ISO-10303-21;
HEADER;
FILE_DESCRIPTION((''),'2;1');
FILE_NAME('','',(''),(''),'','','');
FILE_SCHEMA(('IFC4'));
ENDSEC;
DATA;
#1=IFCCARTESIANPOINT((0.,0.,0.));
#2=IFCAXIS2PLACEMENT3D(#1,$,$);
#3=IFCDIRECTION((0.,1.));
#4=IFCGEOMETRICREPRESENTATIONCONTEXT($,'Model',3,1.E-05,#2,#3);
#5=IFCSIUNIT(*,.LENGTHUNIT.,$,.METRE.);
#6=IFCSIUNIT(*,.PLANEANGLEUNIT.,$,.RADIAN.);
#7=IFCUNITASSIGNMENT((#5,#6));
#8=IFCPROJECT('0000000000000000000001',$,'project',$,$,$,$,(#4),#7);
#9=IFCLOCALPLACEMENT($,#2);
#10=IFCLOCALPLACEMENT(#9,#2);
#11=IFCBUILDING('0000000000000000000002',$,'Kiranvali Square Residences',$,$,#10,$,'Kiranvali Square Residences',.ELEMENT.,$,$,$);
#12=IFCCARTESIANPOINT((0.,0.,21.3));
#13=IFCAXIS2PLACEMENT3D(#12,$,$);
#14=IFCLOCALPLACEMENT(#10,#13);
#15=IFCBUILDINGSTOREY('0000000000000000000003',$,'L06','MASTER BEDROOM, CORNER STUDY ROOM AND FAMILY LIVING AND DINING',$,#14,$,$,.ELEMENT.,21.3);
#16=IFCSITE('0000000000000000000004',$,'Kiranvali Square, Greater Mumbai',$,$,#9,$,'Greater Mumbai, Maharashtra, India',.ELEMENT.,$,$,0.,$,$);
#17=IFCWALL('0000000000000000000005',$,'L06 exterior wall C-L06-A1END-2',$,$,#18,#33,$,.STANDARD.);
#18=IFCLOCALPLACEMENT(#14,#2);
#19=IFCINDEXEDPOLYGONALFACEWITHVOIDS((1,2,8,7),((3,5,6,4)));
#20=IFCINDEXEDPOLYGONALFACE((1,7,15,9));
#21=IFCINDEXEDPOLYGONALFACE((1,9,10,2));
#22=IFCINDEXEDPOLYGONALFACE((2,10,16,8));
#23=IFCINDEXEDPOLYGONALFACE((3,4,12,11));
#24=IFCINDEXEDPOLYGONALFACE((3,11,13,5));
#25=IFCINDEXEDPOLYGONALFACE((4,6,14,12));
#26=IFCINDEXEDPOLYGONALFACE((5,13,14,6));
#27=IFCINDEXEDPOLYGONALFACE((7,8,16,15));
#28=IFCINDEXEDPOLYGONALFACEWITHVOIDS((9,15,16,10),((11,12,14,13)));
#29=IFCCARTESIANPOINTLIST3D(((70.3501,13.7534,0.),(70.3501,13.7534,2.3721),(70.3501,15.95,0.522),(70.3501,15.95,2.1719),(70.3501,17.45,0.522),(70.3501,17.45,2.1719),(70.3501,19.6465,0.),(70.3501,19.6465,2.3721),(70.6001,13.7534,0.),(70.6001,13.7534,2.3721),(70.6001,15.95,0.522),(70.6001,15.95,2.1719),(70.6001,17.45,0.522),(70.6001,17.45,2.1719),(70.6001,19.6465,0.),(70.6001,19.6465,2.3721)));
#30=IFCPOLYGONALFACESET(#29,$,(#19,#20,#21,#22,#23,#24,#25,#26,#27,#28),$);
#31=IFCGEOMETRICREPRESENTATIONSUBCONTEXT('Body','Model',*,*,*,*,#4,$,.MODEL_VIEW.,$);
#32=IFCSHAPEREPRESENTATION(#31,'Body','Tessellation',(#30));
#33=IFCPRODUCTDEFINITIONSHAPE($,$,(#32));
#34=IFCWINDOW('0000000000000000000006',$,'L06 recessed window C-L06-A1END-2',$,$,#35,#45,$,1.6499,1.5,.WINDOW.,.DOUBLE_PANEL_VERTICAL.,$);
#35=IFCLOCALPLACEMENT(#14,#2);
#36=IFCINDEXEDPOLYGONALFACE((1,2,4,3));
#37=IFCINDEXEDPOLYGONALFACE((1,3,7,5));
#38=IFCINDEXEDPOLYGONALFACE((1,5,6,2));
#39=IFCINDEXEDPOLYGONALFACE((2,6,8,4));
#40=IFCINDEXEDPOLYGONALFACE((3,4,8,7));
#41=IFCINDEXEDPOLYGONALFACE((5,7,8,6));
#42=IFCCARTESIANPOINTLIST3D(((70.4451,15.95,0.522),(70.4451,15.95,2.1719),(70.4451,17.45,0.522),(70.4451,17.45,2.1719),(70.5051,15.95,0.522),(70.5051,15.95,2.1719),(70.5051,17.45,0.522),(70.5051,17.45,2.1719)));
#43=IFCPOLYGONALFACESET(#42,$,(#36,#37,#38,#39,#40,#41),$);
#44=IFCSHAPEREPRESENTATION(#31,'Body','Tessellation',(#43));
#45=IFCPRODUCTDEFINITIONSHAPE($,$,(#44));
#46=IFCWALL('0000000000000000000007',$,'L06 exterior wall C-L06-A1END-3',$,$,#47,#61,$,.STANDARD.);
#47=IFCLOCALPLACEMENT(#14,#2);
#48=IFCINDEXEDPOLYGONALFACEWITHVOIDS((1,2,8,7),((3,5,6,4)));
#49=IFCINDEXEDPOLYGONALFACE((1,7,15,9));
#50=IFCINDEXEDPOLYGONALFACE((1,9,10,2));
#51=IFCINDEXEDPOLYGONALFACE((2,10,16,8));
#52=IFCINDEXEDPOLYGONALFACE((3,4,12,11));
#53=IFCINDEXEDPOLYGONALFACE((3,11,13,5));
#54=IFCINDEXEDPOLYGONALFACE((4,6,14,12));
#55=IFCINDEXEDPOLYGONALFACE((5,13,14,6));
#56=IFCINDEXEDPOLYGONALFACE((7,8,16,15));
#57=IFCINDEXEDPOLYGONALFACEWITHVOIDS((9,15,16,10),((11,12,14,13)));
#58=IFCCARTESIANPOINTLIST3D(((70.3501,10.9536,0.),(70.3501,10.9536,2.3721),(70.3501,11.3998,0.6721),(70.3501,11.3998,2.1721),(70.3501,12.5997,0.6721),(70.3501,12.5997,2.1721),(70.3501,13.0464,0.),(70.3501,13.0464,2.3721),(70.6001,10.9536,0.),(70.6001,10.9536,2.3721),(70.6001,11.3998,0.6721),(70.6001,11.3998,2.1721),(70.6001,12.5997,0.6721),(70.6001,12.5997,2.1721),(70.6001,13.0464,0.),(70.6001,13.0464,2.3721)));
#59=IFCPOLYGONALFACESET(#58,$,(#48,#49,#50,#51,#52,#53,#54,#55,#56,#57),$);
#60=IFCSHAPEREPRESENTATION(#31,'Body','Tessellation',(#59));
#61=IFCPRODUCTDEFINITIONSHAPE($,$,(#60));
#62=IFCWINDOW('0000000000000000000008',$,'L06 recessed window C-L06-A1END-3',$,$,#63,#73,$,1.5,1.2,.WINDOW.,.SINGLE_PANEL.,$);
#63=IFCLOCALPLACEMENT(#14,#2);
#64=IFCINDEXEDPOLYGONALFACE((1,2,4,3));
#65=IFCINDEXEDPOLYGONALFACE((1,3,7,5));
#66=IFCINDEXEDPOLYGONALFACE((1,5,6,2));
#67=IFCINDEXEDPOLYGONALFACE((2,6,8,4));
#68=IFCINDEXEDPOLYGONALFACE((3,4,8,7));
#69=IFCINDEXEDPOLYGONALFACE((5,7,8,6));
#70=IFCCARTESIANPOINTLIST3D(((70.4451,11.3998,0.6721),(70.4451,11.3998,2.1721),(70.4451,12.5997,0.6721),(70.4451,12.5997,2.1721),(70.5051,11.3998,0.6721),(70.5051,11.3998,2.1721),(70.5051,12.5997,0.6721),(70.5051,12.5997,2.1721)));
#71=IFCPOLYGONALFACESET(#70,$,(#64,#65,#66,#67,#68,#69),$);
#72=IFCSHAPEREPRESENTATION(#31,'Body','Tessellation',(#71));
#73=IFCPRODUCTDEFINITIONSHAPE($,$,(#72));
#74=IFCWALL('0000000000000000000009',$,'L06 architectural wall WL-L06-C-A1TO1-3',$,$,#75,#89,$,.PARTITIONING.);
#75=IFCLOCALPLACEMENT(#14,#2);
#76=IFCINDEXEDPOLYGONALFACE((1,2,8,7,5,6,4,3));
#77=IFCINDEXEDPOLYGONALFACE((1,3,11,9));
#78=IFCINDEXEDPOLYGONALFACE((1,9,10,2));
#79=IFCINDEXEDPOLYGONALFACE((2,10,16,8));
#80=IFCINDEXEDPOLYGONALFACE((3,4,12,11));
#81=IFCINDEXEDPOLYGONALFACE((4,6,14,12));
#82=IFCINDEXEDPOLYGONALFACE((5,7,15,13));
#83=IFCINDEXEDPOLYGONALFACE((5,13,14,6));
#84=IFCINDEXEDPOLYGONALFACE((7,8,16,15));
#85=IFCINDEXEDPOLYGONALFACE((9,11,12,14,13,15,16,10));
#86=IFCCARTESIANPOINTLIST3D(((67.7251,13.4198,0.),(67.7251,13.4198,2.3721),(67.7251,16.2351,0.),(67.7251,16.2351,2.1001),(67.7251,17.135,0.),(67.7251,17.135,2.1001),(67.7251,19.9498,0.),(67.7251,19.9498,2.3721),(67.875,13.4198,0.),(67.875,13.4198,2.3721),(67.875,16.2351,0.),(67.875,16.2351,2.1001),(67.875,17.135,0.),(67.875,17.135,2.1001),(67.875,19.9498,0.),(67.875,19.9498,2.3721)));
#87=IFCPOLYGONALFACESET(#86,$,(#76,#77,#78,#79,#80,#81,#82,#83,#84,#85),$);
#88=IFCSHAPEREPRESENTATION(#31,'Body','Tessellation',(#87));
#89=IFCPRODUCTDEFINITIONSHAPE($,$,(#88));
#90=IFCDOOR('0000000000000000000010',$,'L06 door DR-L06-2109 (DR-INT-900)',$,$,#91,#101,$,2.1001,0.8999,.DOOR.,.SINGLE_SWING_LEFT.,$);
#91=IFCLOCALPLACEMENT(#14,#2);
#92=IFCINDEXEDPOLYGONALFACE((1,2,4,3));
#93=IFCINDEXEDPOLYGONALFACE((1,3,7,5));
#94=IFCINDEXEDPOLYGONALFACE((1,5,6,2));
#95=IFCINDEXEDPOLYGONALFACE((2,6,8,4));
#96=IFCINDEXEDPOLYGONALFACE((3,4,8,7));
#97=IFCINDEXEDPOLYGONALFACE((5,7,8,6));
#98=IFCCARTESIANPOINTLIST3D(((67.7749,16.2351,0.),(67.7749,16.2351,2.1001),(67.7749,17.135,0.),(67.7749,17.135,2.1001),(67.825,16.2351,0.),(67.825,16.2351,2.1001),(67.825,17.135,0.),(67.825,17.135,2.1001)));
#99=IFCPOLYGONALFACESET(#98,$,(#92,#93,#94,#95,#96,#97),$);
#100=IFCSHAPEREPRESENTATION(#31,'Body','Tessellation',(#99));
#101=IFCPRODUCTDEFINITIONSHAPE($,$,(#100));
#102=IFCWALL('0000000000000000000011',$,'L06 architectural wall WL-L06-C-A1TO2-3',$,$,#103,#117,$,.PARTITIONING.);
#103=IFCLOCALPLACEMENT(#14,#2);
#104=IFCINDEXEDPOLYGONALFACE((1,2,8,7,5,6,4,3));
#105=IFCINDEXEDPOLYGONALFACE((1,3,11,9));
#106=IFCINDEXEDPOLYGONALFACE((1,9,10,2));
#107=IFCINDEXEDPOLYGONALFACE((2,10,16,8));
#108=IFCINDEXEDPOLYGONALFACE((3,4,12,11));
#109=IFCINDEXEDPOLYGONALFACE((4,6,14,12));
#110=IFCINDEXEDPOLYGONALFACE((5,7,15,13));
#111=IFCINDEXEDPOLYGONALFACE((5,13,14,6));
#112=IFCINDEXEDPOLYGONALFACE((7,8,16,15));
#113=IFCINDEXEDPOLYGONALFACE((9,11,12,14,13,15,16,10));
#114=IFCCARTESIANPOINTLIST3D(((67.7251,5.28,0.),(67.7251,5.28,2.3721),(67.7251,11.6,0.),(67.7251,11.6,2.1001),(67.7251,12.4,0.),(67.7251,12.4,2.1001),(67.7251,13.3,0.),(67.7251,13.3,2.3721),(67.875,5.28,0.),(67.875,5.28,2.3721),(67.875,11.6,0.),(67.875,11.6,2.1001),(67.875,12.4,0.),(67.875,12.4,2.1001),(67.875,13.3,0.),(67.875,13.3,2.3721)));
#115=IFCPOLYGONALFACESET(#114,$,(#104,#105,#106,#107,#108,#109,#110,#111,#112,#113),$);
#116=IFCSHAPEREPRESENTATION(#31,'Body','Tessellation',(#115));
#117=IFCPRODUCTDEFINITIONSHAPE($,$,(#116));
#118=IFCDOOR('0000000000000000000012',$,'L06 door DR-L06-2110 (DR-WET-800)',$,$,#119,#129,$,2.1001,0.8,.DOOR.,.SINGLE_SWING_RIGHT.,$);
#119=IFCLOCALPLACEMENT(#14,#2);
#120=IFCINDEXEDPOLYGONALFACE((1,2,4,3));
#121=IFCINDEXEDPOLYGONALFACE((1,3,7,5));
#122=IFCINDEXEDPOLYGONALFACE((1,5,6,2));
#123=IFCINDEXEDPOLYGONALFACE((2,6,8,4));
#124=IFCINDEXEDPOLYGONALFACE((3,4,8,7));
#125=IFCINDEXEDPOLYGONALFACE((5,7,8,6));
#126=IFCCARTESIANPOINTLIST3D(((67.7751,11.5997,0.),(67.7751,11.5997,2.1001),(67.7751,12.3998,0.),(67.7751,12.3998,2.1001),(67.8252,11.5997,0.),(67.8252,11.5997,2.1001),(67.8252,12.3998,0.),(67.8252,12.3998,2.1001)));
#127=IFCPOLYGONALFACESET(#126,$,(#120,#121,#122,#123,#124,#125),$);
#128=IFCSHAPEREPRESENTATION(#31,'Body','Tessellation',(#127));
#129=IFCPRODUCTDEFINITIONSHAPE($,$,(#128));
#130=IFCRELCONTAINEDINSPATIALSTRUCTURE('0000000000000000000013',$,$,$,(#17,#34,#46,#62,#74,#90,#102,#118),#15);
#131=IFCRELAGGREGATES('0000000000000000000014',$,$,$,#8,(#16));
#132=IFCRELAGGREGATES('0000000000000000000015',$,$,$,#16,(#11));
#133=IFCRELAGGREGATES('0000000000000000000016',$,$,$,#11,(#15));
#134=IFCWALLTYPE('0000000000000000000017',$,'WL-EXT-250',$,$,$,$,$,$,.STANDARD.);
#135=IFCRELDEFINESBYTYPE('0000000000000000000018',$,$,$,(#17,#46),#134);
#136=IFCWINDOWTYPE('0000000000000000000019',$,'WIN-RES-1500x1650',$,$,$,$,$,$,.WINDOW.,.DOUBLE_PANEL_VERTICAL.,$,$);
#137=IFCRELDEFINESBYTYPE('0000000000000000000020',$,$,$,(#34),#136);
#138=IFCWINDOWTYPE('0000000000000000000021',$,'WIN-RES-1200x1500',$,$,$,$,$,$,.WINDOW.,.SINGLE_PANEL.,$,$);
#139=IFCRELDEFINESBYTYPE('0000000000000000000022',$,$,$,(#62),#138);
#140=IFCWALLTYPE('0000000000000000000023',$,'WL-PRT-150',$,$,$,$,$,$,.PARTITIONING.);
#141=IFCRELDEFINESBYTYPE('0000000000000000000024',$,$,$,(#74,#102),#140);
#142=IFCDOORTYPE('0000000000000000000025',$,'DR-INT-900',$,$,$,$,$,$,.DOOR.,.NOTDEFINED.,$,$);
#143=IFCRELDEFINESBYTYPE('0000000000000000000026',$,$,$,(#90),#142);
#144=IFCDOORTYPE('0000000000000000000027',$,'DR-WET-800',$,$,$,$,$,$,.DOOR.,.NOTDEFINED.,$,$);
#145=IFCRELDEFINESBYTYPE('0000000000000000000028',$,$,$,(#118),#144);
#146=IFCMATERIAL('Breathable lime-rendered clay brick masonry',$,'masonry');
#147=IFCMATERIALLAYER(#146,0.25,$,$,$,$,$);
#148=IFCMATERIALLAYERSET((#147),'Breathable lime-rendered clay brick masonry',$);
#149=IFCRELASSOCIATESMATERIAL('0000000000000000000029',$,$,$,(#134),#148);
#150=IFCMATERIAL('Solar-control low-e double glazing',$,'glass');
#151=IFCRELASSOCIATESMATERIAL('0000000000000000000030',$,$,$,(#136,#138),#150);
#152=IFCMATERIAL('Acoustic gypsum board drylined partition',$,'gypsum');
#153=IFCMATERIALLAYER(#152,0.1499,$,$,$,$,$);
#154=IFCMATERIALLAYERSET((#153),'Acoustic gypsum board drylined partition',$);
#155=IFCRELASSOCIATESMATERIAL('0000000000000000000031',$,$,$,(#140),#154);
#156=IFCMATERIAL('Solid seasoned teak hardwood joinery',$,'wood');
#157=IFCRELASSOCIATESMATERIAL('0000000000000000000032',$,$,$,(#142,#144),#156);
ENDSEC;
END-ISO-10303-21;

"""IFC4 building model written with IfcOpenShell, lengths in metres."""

from ifc_helpers import new_model, si_unit, direction, frame, frame_2d, origin, place, context, subcontext, project, spatial, rectangle, extrude, material, layer, layer_set, type_object, element, fill, save


model = new_model("IFC4")

# Units and contexts
model_context = context("Model", 3, precision=1e-05, world=origin(), true_north=direction((0.0, 1.0)))
body_context = subcontext(model_context, "Body", "Model", "MODEL_VIEW")
ifc_project = project(units=[si_unit("LENGTHUNIT", "METRE"), si_unit("PLANEANGLEUNIT", "RADIAN")], contexts=[model_context])

# Site, building, storey
site_placement = place(None, origin())
site = spatial("IfcSite", under=ifc_project, at=site_placement, Name="Kiranvali Square, Greater Mumbai", LongName="Greater Mumbai, Maharashtra, India", CompositionType="ELEMENT", RefElevation=0.0)
building_placement = place(site_placement, origin())
building = spatial("IfcBuilding", under=site, at=building_placement, Name="Kiranvali Square Residences", LongName="Kiranvali Square Residences", CompositionType="ELEMENT")
storey_placement = place(building_placement, frame((0.0, 0.0, 21.3)))
storey = spatial("IfcBuildingStorey", under=building, at=storey_placement, Name="L06", Description="MASTER BEDROOM, CORNER STUDY ROOM AND FAMILY LIVING AND DINING", CompositionType="ELEMENT", Elevation=21.3)

# Walls, openings, windows
ifc_material_1 = material(Name="Breathable lime-rendered clay brick masonry", Category="masonry")
ifc_layer_1 = layer(ifc_material_1, 0.25)
ifc_layer_set_1 = layer_set([ifc_layer_1], Name="Breathable lime-rendered clay brick masonry")
wall_type_1 = type_object("IfcWallType", Name="WL-EXT-250", PredefinedType="STANDARD", material=ifc_layer_set_1)
wall_1_placement = place(storey_placement, frame((70.4751, 19.6465, 0.0), z_axis=(0.0, 0.0, 1.0), x_axis=(0.0, -1.0, 0.0)))
wall_1 = element("IfcWall", 1, at=wall_1_placement, inside=storey, type_object=wall_type_1, Name="L06 exterior wall C-L06-A1END-2", PredefinedType="STANDARD", context=body_context, shape_type="SweptSolid", body=[
    extrude(rectangle(XDim=5.8931, YDim=0.25, at=frame_2d((2.9465, 0.0))), origin(), (0.0, 0.0, 1.0), 2.3721),
])
opening_1_placement = place(wall_1_placement, frame((2.1965, 0.0, 0.522)))
opening_1 = element("IfcOpeningElement", 2, at=opening_1_placement, cuts=wall_1, PredefinedType="OPENING", context=body_context, shape_type="SweptSolid", body=[
    extrude(rectangle(XDim=1.5, YDim=1.6499, at=frame_2d((0.75, 0.825))), frame((0.0, 0.135, 0.0), z_axis=(0.0, -1.0, 0.0), x_axis=(1.0, 0.0, 0.0)), (0.0, 0.0, 1.0), 0.27),
])
ifc_material_2 = material(Name="Solar-control low-e double glazing", Category="glass")
window_type_1 = type_object("IfcWindowType", Name="WIN-RES-1500x1650", PartitioningType="DOUBLE_PANEL_VERTICAL", PredefinedType="WINDOW", material=ifc_material_2)
window_1_placement = place(opening_1_placement, origin())
window_1 = element("IfcWindow", 3, at=window_1_placement, inside=storey, type_object=window_type_1, Name="L06 recessed window C-L06-A1END-2", OverallHeight=1.6499, OverallWidth=1.5, PartitioningType="DOUBLE_PANEL_VERTICAL", PredefinedType="WINDOW", context=body_context, shape_type="SweptSolid", body=[
    extrude(rectangle(XDim=1.5, YDim=1.6499, at=frame_2d((0.75, 0.825))), frame((0.0, 0.03, 0.0), z_axis=(0.0, -1.0, 0.0), x_axis=(1.0, 0.0, 0.0)), (0.0, 0.0, 1.0), 0.0601),
])
fill(opening_1, window_1)
wall_2_placement = place(storey_placement, frame((70.4751, 13.0464, 0.0), z_axis=(0.0, 0.0, 1.0), x_axis=(0.0, -1.0, 0.0)))
wall_2 = element("IfcWall", 4, at=wall_2_placement, inside=storey, type_object=wall_type_1, Name="L06 exterior wall C-L06-A1END-3", PredefinedType="STANDARD", context=body_context, shape_type="SweptSolid", body=[
    extrude(rectangle(XDim=2.0928, YDim=0.25, at=frame_2d((1.0464, 0.0))), origin(), (0.0, 0.0, 1.0), 2.3721),
])
opening_2_placement = place(wall_2_placement, frame((0.4465, 0.0, 0.6721)))
opening_2 = element("IfcOpeningElement", 5, at=opening_2_placement, cuts=wall_2, PredefinedType="OPENING", context=body_context, shape_type="SweptSolid", body=[
    extrude(rectangle(XDim=1.2, YDim=1.5, at=frame_2d((0.6001, 0.75))), frame((0.0, 0.135, 0.0), z_axis=(0.0, -1.0, 0.0), x_axis=(1.0, 0.0, 0.0)), (0.0, 0.0, 1.0), 0.27),
])
window_type_2 = type_object("IfcWindowType", Name="WIN-RES-1200x1500", PartitioningType="SINGLE_PANEL", PredefinedType="WINDOW", material=ifc_material_2)
window_2_placement = place(opening_2_placement, origin())
window_2 = element("IfcWindow", 6, at=window_2_placement, inside=storey, type_object=window_type_2, Name="L06 recessed window C-L06-A1END-3", OverallHeight=1.5, OverallWidth=1.2, PartitioningType="SINGLE_PANEL", PredefinedType="WINDOW", context=body_context, shape_type="SweptSolid", body=[
    extrude(rectangle(XDim=1.2, YDim=1.5, at=frame_2d((0.6001, 0.75))), frame((0.0, 0.03, 0.0), z_axis=(0.0, -1.0, 0.0), x_axis=(1.0, 0.0, 0.0)), (0.0, 0.0, 1.0), 0.0601),
])
fill(opening_2, window_2)

# Walls, openings, doors
ifc_material_3 = material(Name="Acoustic gypsum board drylined partition", Category="gypsum")
ifc_layer_2 = layer(ifc_material_3, 0.1499)
ifc_layer_set_2 = layer_set([ifc_layer_2], Name="Acoustic gypsum board drylined partition")
wall_type_2 = type_object("IfcWallType", Name="WL-PRT-150", PredefinedType="PARTITIONING", material=ifc_layer_set_2)
wall_3_placement = place(storey_placement, frame((67.8, 19.95, 0.0), z_axis=(0.0, 0.0, 1.0), x_axis=(0.0, -1.0, 0.0)))
wall_3 = element("IfcWall", 7, at=wall_3_placement, inside=storey, type_object=wall_type_2, Name="L06 architectural wall WL-L06-C-A1TO1-3", PredefinedType="PARTITIONING", context=body_context, shape_type="SweptSolid", body=[
    extrude(rectangle(XDim=6.53, YDim=0.1499, at=frame_2d((3.2651, 0.0))), origin(), (0.0, 0.0, 1.0), 2.3721),
])
opening_3_placement = place(wall_3_placement, frame((2.8149, 0.0, 0.0)))
opening_3 = element("IfcOpeningElement", 8, at=opening_3_placement, cuts=wall_3, PredefinedType="OPENING", context=body_context, shape_type="SweptSolid", body=[
    extrude(rectangle(XDim=0.8999, YDim=2.1001, at=frame_2d((0.45, 1.05))), frame((0.0, 0.085, 0.0), z_axis=(0.0, -1.0, 0.0), x_axis=(1.0, 0.0, 0.0)), (0.0, 0.0, 1.0), 0.1699),
])
ifc_material_4 = material(Name="Solid seasoned teak hardwood joinery", Category="wood")
door_type_1 = type_object("IfcDoorType", Name="DR-INT-900", OperationType="NOTDEFINED", PredefinedType="DOOR", material=ifc_material_4)
door_1_placement = place(opening_3_placement, origin())
door_1 = element("IfcDoor", 9, at=door_1_placement, inside=storey, type_object=door_type_1, Name="L06 door DR-L06-2109 (DR-INT-900)", OperationType="SINGLE_SWING_LEFT", OverallHeight=2.1001, OverallWidth=0.8999, PredefinedType="DOOR", context=body_context, shape_type="SweptSolid", body=[
    extrude(rectangle(XDim=0.8999, YDim=2.1001, at=frame_2d((0.45, 1.05))), frame((0.0, 0.0249, 0.0), z_axis=(0.0, -1.0, 0.0), x_axis=(1.0, 0.0, 0.0)), (0.0, 0.0, 1.0), 0.05),
])
fill(opening_3, door_1)
wall_4_placement = place(storey_placement, frame((67.8, 13.3, 0.0), z_axis=(0.0, 0.0, 1.0), x_axis=(0.0, -1.0, 0.0)))
wall_4 = element("IfcWall", 10, at=wall_4_placement, inside=storey, type_object=wall_type_2, Name="L06 architectural wall WL-L06-C-A1TO2-3", PredefinedType="PARTITIONING", context=body_context, shape_type="SweptSolid", body=[
    extrude(rectangle(XDim=8.02, YDim=0.1499, at=frame_2d((4.01, 0.0))), origin(), (0.0, 0.0, 1.0), 2.3721),
])
opening_4_placement = place(wall_4_placement, frame((0.9001, 0.0, 0.0)))
opening_4 = element("IfcOpeningElement", 11, at=opening_4_placement, cuts=wall_4, PredefinedType="OPENING", context=body_context, shape_type="SweptSolid", body=[
    extrude(rectangle(XDim=0.8, YDim=2.1001, at=frame_2d((0.3999, 1.05))), frame((0.0, 0.085, 0.0), z_axis=(0.0, -1.0, 0.0), x_axis=(1.0, 0.0, 0.0)), (0.0, 0.0, 1.0), 0.1699),
])
door_type_2 = type_object("IfcDoorType", Name="DR-WET-800", OperationType="NOTDEFINED", PredefinedType="DOOR", material=ifc_material_4)
door_2_placement = place(opening_4_placement, frame((0.8, 0.0, 0.0), z_axis=(0.0, 0.0, 1.0), x_axis=(-1.0, 0.0, 0.0)))
door_2 = element("IfcDoor", 12, at=door_2_placement, inside=storey, type_object=door_type_2, Name="L06 door DR-L06-2110 (DR-WET-800)", OperationType="SINGLE_SWING_RIGHT", OverallHeight=2.1001, OverallWidth=0.8, PredefinedType="DOOR", context=body_context, shape_type="SweptSolid", body=[
    extrude(rectangle(XDim=0.8, YDim=2.1001, at=frame_2d((0.3999, 1.05))), frame((0.0, 0.0249, 0.0), z_axis=(0.0, -1.0, 0.0), x_axis=(1.0, 0.0, 0.0)), (0.0, 0.0, 1.0), 0.05),
])
fill(opening_4, door_2)

save(model, "model.ifc")
